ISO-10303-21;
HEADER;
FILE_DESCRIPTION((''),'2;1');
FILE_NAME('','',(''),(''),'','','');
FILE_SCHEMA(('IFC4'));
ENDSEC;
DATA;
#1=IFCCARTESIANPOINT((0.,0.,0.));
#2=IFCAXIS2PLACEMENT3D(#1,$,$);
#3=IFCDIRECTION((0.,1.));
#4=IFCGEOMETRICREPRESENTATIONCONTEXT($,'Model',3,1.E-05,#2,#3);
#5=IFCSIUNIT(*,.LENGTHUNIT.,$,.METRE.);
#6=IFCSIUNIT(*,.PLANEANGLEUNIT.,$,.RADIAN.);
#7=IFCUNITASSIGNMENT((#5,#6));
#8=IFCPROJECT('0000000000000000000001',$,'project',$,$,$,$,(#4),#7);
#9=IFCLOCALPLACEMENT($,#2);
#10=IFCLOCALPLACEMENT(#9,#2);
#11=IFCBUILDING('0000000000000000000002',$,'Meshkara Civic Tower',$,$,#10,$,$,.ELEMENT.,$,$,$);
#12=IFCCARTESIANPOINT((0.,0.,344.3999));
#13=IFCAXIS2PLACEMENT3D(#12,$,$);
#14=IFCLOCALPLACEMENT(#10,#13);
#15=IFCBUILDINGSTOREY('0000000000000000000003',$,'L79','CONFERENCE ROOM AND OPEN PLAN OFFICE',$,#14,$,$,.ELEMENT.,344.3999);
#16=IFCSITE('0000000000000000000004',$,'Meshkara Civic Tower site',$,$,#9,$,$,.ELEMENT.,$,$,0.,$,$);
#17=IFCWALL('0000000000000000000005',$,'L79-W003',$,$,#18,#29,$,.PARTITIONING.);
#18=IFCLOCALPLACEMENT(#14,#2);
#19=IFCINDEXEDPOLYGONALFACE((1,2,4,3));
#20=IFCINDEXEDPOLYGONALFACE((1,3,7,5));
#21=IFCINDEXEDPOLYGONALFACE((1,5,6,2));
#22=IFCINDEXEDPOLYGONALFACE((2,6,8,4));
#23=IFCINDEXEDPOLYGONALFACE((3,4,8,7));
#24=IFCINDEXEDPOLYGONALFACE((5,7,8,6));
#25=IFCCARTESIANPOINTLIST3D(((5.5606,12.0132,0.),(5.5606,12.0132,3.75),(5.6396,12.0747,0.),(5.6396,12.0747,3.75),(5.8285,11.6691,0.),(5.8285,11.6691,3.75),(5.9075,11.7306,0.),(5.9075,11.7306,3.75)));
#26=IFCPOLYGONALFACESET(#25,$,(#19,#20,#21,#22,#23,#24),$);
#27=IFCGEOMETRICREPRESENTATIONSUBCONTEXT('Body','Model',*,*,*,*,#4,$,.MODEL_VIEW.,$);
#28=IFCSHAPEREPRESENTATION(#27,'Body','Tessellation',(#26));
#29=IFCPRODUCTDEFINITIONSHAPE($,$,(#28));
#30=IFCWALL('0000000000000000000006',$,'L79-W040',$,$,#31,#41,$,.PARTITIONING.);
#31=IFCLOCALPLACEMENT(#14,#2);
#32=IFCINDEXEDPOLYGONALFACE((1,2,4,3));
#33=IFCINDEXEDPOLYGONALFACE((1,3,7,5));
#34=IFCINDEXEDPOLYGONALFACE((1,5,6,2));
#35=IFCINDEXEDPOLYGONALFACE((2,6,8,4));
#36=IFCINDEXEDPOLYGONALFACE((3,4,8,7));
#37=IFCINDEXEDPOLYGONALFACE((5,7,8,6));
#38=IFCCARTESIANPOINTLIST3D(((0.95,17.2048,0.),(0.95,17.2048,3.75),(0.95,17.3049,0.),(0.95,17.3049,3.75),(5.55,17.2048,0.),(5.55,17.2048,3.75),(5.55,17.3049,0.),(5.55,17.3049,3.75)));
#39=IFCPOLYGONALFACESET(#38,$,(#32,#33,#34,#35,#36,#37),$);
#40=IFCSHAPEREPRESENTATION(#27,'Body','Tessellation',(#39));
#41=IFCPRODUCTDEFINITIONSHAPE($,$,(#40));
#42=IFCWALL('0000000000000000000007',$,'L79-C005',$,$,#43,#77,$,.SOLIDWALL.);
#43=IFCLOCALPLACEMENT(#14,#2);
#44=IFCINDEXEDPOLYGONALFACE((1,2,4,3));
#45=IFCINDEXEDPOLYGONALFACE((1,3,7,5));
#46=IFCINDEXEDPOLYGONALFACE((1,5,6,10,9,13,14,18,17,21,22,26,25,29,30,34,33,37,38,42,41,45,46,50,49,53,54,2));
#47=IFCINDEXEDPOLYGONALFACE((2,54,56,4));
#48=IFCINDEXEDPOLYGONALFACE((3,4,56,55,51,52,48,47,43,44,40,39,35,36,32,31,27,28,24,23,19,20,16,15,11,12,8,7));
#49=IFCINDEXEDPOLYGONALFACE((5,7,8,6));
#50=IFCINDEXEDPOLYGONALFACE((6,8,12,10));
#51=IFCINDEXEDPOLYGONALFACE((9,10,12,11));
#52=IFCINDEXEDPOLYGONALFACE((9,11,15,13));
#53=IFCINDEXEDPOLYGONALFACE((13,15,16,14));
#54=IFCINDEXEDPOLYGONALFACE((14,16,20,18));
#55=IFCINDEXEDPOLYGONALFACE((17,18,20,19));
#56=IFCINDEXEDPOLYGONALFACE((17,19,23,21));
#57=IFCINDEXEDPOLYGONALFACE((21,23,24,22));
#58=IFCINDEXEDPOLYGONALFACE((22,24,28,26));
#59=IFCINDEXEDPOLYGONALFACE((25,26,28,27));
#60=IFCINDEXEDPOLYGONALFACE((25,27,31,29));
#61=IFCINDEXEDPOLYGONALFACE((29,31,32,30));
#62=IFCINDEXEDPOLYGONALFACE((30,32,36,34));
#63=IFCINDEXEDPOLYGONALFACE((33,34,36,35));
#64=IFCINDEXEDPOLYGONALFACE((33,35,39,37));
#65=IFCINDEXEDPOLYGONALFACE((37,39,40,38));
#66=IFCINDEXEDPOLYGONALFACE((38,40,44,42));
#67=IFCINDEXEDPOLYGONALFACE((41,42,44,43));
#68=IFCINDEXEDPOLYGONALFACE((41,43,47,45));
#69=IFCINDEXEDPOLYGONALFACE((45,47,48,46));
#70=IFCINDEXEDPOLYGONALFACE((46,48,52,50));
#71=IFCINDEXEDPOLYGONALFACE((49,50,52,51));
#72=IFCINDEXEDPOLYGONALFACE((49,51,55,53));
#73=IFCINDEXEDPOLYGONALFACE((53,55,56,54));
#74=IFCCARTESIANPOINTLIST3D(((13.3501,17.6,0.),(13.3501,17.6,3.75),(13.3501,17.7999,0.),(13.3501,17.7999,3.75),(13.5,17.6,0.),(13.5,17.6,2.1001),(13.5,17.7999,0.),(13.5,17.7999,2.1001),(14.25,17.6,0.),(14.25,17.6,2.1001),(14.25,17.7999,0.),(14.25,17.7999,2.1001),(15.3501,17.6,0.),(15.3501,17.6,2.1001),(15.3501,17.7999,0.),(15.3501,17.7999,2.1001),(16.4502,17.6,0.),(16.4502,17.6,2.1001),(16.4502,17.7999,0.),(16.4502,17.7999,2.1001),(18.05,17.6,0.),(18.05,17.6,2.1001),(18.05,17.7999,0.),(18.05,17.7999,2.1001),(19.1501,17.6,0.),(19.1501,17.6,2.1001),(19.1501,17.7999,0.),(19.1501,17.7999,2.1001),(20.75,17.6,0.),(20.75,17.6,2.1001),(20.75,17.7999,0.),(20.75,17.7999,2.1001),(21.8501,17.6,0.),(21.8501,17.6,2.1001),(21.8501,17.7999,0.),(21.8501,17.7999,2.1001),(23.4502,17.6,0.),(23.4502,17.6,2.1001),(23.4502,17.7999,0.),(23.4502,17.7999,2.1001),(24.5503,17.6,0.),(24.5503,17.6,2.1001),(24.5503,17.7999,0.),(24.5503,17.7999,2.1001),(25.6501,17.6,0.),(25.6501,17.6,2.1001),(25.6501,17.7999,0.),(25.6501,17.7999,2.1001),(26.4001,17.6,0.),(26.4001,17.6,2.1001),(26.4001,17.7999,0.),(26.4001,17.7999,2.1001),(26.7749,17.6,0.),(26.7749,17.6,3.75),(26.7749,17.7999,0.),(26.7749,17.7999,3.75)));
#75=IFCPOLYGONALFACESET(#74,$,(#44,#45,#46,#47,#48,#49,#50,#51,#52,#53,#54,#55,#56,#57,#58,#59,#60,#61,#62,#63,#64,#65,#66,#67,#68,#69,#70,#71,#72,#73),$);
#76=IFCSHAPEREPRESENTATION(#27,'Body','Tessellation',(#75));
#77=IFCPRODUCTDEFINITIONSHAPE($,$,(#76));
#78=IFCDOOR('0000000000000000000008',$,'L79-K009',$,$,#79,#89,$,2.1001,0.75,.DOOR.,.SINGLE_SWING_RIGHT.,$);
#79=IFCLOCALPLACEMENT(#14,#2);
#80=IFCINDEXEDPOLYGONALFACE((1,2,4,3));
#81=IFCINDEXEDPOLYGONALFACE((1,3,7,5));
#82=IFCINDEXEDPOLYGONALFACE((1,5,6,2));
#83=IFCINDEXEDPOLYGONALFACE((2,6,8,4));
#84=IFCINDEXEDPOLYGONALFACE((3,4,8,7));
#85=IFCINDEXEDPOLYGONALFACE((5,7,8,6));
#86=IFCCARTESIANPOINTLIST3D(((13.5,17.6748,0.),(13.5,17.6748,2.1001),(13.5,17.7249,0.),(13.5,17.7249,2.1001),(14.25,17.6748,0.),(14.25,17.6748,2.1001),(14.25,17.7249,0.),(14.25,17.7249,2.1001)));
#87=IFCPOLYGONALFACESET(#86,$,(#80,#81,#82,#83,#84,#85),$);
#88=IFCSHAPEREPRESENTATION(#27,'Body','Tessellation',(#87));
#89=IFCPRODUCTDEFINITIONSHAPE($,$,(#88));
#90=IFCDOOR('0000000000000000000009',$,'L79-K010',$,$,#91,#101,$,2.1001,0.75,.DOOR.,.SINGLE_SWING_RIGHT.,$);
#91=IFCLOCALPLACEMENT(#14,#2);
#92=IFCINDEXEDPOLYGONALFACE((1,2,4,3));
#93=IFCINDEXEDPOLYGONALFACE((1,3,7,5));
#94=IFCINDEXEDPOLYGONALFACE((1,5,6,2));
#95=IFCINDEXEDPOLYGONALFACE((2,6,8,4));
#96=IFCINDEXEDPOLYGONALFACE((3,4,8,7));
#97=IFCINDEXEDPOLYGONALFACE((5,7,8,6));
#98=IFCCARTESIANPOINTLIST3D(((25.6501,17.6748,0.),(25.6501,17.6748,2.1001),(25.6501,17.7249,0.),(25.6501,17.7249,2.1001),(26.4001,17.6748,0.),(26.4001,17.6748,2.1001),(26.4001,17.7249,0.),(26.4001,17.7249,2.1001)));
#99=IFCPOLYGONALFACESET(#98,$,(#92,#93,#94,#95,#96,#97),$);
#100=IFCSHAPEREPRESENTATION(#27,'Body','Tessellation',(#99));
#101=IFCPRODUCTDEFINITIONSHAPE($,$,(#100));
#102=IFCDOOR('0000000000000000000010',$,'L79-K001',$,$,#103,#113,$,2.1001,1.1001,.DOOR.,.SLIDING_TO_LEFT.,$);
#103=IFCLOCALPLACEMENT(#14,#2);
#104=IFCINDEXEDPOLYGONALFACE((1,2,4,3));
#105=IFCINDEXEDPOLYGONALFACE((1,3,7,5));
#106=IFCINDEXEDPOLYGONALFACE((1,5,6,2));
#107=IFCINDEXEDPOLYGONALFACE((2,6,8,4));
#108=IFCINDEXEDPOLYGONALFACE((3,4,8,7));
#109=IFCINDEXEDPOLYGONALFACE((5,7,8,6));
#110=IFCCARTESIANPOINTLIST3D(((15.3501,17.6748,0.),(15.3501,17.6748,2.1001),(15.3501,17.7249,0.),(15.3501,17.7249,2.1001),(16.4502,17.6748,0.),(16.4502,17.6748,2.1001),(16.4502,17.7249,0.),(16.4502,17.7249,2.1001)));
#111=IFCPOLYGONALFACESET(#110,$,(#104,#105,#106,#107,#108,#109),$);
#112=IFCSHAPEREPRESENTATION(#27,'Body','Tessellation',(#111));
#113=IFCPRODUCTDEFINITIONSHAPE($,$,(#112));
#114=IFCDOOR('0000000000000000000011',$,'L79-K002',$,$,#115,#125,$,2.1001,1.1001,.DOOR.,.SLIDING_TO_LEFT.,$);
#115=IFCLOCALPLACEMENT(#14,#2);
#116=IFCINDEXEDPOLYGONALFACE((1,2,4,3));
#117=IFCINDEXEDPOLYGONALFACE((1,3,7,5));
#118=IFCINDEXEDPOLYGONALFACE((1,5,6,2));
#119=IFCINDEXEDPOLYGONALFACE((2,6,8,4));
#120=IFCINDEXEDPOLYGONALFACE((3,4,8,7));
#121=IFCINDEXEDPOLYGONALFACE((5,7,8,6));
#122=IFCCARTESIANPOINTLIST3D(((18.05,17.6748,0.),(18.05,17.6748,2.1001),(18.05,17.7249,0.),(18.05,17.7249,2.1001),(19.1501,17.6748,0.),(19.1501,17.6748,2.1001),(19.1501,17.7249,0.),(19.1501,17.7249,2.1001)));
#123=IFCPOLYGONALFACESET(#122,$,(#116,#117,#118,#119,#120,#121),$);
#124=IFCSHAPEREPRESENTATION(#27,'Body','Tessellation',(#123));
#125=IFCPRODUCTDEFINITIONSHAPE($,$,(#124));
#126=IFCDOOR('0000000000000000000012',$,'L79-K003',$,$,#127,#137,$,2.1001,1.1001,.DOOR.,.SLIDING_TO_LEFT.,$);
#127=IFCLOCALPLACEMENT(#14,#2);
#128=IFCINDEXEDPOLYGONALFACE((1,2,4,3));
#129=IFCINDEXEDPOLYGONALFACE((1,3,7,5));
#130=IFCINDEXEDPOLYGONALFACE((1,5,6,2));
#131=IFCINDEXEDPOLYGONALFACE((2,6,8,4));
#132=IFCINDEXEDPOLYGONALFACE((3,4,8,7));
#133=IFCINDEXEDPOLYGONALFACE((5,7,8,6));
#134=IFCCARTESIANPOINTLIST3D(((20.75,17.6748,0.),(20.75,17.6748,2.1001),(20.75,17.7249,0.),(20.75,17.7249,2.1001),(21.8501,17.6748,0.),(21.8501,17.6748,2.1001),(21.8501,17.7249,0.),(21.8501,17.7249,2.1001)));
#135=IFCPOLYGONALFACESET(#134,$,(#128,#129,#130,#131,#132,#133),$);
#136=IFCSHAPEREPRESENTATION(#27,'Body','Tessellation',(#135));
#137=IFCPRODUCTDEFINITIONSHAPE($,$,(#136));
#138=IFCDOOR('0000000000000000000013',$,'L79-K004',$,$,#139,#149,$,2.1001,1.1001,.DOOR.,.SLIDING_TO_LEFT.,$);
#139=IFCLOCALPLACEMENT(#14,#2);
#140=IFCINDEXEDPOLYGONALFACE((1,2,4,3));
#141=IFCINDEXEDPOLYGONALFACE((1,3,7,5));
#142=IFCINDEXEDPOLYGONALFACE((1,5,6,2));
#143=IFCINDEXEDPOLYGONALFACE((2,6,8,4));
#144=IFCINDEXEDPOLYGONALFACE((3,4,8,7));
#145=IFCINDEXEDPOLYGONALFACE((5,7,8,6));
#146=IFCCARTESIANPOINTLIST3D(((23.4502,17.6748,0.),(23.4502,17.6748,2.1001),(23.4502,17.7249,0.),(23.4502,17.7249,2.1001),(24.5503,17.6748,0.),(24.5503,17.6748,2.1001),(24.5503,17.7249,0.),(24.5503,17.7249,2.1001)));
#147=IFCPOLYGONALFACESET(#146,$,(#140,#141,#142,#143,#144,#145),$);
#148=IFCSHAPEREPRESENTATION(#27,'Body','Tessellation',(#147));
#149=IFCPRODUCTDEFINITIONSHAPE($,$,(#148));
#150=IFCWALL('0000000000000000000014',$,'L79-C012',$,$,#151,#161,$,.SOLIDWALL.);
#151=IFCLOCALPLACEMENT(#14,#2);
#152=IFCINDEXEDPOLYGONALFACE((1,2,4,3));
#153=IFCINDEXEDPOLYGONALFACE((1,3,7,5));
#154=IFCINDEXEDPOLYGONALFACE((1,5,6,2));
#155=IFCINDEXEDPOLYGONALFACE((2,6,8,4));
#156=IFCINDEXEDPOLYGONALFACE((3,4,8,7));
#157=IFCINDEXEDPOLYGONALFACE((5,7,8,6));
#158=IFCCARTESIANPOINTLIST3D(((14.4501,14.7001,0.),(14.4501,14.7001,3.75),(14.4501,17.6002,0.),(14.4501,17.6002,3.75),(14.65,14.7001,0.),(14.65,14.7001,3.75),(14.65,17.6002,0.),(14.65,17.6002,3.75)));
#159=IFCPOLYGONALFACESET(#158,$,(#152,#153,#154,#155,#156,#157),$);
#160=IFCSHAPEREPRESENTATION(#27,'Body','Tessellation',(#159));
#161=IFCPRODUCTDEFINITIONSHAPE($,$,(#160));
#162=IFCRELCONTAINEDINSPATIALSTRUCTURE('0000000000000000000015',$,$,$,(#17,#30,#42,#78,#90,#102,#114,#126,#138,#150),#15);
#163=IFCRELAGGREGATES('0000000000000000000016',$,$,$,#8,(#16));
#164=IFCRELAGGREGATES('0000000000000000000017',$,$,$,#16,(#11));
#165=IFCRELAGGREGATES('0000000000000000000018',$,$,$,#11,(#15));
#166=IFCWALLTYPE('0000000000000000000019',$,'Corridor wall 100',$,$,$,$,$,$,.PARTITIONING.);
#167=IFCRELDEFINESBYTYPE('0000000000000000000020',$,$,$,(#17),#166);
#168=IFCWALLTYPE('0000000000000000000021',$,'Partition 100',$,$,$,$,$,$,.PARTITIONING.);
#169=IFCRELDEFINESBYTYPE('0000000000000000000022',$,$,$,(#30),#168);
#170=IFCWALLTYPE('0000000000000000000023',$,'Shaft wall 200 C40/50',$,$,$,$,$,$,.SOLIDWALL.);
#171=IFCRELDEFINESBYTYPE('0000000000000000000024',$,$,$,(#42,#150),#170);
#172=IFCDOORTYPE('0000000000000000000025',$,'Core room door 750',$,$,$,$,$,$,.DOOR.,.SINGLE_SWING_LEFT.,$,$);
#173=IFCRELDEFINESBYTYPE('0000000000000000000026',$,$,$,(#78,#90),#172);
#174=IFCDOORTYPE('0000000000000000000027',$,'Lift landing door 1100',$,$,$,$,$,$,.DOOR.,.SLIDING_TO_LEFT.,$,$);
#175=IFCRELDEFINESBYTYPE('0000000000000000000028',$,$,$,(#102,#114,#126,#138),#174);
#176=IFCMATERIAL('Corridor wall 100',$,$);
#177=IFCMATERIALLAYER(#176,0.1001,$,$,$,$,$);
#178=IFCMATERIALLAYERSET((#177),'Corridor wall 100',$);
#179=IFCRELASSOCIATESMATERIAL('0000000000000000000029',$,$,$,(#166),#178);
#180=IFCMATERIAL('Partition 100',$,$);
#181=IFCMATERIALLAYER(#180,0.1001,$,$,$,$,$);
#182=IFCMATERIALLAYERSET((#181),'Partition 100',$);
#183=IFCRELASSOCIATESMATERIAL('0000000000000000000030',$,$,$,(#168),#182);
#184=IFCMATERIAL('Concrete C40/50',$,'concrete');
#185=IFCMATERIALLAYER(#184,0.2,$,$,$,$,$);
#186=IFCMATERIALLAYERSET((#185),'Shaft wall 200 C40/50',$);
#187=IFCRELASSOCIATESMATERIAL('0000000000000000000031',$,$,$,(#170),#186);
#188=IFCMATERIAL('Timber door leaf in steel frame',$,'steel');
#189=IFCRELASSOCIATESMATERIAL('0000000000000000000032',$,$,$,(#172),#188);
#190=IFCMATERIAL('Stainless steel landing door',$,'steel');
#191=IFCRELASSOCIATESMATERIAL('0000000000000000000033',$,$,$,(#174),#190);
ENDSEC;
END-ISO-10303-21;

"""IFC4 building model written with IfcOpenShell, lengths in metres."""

from ifc_helpers import new_model, si_unit, direction, frame, frame_2d, origin, place, context, subcontext, project, spatial, rectangle, extrude, material, layer, layer_set, type_object, element, fill, save


model = new_model("IFC4")

# Units and contexts
model_context = context("Model", 3, precision=1e-05, world=origin(), true_north=direction((0.0, 1.0)))
body_context = subcontext(model_context, "Body", "Model", "MODEL_VIEW")
ifc_project = project(units=[si_unit("LENGTHUNIT", "METRE"), si_unit("PLANEANGLEUNIT", "RADIAN")], contexts=[model_context])

# Site, building, storey
site_placement = place(None, origin())
site = spatial("IfcSite", under=ifc_project, at=site_placement, Name="Meshkara Civic Tower site", CompositionType="ELEMENT", RefElevation=0.0)
building_placement = place(site_placement, origin())
building = spatial("IfcBuilding", under=site, at=building_placement, Name="Meshkara Civic Tower", CompositionType="ELEMENT")
storey_placement = place(building_placement, frame((0.0, 0.0, 344.3999)))
storey = spatial("IfcBuildingStorey", under=building, at=storey_placement, Name="L79", Description="CONFERENCE ROOM AND OPEN PLAN OFFICE", CompositionType="ELEMENT", Elevation=344.3999)

# Walls
ifc_material_1 = material(Name="Corridor wall 100")
ifc_layer_1 = layer(ifc_material_1, 0.1001)
ifc_layer_set_1 = layer_set([ifc_layer_1], Name="Corridor wall 100")
wall_type_1 = type_object("IfcWallType", Name="Corridor wall 100", PredefinedType="PARTITIONING", material=ifc_layer_set_1)
wall_1_placement = place(storey_placement, frame((5.6001, 12.0439, 0.0), z_axis=(0.0, 0.0, 1.0), x_axis=(0.614328, -0.789051, 0.0)))
element("IfcWall", 1, at=wall_1_placement, inside=storey, type_object=wall_type_1, Name="L79-W003", PredefinedType="PARTITIONING", context=body_context, shape_type="SweptSolid", body=[
    extrude(rectangle(XDim=0.436, YDim=0.1001, at=frame_2d((0.218, 0.0))), origin(), (0.0, 0.0, 1.0), 3.75),
])
ifc_material_2 = material(Name="Partition 100")
ifc_layer_2 = layer(ifc_material_2, 0.1001)
ifc_layer_set_2 = layer_set([ifc_layer_2], Name="Partition 100")
wall_type_2 = type_object("IfcWallType", Name="Partition 100", PredefinedType="PARTITIONING", material=ifc_layer_set_2)
wall_2_placement = place(storey_placement, frame((5.55, 17.2549, 0.0), z_axis=(0.0, 0.0, 1.0), x_axis=(-1.0, 0.0, 0.0)))
element("IfcWall", 2, at=wall_2_placement, inside=storey, type_object=wall_type_2, Name="L79-W040", PredefinedType="PARTITIONING", context=body_context, shape_type="SweptSolid", body=[
    extrude(rectangle(XDim=4.6001, YDim=0.1001, at=frame_2d((2.3, 0.0))), origin(), (0.0, 0.0, 1.0), 3.75),
])

# Wall, openings, doors
ifc_material_3 = material(Name="Concrete C40/50", Category="concrete")
ifc_layer_3 = layer(ifc_material_3, 0.2)
ifc_layer_set_3 = layer_set([ifc_layer_3], Name="Shaft wall 200 C40/50")
wall_type_3 = type_object("IfcWallType", Name="Shaft wall 200 C40/50", PredefinedType="SOLIDWALL", material=ifc_layer_set_3)
wall_3_placement = place(storey_placement, frame((13.3501, 17.7, 0.0), z_axis=(0.0, 0.0, 1.0), x_axis=(1.0, 0.0, 0.0)))
wall_3 = element("IfcWall", 3, at=wall_3_placement, inside=storey, type_object=wall_type_3, Name="L79-C005", PredefinedType="SOLIDWALL", context=body_context, shape_type="SweptSolid", body=[
    extrude(rectangle(XDim=13.4248, YDim=0.2, at=frame_2d((6.7124, 0.0))), origin(), (0.0, 0.0, 1.0), 3.75),
])
opening_1_placement = place(wall_3_placement, frame((2.0, 0.0, 0.0)))
opening_1 = element("IfcOpeningElement", 4, at=opening_1_placement, cuts=wall_3, PredefinedType="OPENING", context=body_context, shape_type="SweptSolid", body=[
    extrude(rectangle(XDim=1.1001, YDim=2.1001, at=frame_2d((0.55, 1.05))), frame((0.0, 0.1099, 0.0), z_axis=(0.0, -1.0, 0.0), x_axis=(1.0, 0.0, 0.0)), (0.0, 0.0, 1.0), 0.22),
])
opening_2_placement = place(wall_3_placement, frame((4.7, 0.0, 0.0)))
opening_2 = element("IfcOpeningElement", 5, at=opening_2_placement, cuts=wall_3, PredefinedType="OPENING", context=body_context, shape_type="SweptSolid", body=[
    extrude(rectangle(XDim=1.1001, YDim=2.1001, at=frame_2d((0.55, 1.05))), frame((0.0, 0.1099, 0.0), z_axis=(0.0, -1.0, 0.0), x_axis=(1.0, 0.0, 0.0)), (0.0, 0.0, 1.0), 0.22),
])
opening_3_placement = place(wall_3_placement, frame((7.3999, 0.0, 0.0)))
opening_3 = element("IfcOpeningElement", 6, at=opening_3_placement, cuts=wall_3, PredefinedType="OPENING", context=body_context, shape_type="SweptSolid", body=[
    extrude(rectangle(XDim=1.1001, YDim=2.1001, at=frame_2d((0.55, 1.05))), frame((0.0, 0.1099, 0.0), z_axis=(0.0, -1.0, 0.0), x_axis=(1.0, 0.0, 0.0)), (0.0, 0.0, 1.0), 0.22),
])
opening_4_placement = place(wall_3_placement, frame((10.1001, 0.0, 0.0)))
opening_4 = element("IfcOpeningElement", 7, at=opening_4_placement, cuts=wall_3, PredefinedType="OPENING", context=body_context, shape_type="SweptSolid", body=[
    extrude(rectangle(XDim=1.1001, YDim=2.1001, at=frame_2d((0.55, 1.05))), frame((0.0, 0.1099, 0.0), z_axis=(0.0, -1.0, 0.0), x_axis=(1.0, 0.0, 0.0)), (0.0, 0.0, 1.0), 0.22),
])
opening_5_placement = place(wall_3_placement, frame((0.1499, 0.0, 0.0)))
opening_5 = element("IfcOpeningElement", 8, at=opening_5_placement, cuts=wall_3, PredefinedType="OPENING", context=body_context, shape_type="SweptSolid", body=[
    extrude(rectangle(XDim=0.75, YDim=2.1001, at=frame_2d((0.375, 1.05))), frame((0.0, 0.1099, 0.0), z_axis=(0.0, -1.0, 0.0), x_axis=(1.0, 0.0, 0.0)), (0.0, 0.0, 1.0), 0.22),
])
opening_6_placement = place(wall_3_placement, frame((12.3, 0.0, 0.0)))
opening_6 = element("IfcOpeningElement", 9, at=opening_6_placement, cuts=wall_3, PredefinedType="OPENING", context=body_context, shape_type="SweptSolid", body=[
    extrude(rectangle(XDim=0.75, YDim=2.1001, at=frame_2d((0.375, 1.05))), frame((0.0, 0.1099, 0.0), z_axis=(0.0, -1.0, 0.0), x_axis=(1.0, 0.0, 0.0)), (0.0, 0.0, 1.0), 0.22),
])
ifc_material_4 = material(Name="Timber door leaf in steel frame", Category="steel")
door_type_1 = type_object("IfcDoorType", Name="Core room door 750", OperationType="SINGLE_SWING_LEFT", PredefinedType="DOOR", material=ifc_material_4)
door_1_placement = place(opening_5_placement, origin())
door_1 = element("IfcDoor", 10, at=door_1_placement, inside=storey, type_object=door_type_1, Name="L79-K009", OperationType="SINGLE_SWING_RIGHT", OverallHeight=2.1001, OverallWidth=0.75, PredefinedType="DOOR", context=body_context, shape_type="SweptSolid", body=[
    extrude(rectangle(XDim=0.75, YDim=2.1001, at=frame_2d((0.375, 1.05))), frame((0.0, 0.0249, 0.0), z_axis=(0.0, -1.0, 0.0), x_axis=(1.0, 0.0, 0.0)), (0.0, 0.0, 1.0), 0.05),
])
fill(opening_5, door_1)
door_2_placement = place(opening_6_placement, origin())
door_2 = element("IfcDoor", 11, at=door_2_placement, inside=storey, type_object=door_type_1, Name="L79-K010", OperationType="SINGLE_SWING_RIGHT", OverallHeight=2.1001, OverallWidth=0.75, PredefinedType="DOOR", context=body_context, shape_type="SweptSolid", body=[
    extrude(rectangle(XDim=0.75, YDim=2.1001, at=frame_2d((0.375, 1.05))), frame((0.0, 0.0249, 0.0), z_axis=(0.0, -1.0, 0.0), x_axis=(1.0, 0.0, 0.0)), (0.0, 0.0, 1.0), 0.05),
])
fill(opening_6, door_2)
ifc_material_5 = material(Name="Stainless steel landing door", Category="steel")
door_type_2 = type_object("IfcDoorType", Name="Lift landing door 1100", OperationType="SLIDING_TO_LEFT", PredefinedType="DOOR", material=ifc_material_5)
door_3_placement = place(opening_1_placement, origin())
door_3 = element("IfcDoor", 12, at=door_3_placement, inside=storey, type_object=door_type_2, Name="L79-K001", OperationType="SLIDING_TO_LEFT", OverallHeight=2.1001, OverallWidth=1.1001, PredefinedType="DOOR", context=body_context, shape_type="SweptSolid", body=[
    extrude(rectangle(XDim=1.1001, YDim=2.1001, at=frame_2d((0.55, 1.05))), frame((0.0, 0.0249, 0.0), z_axis=(0.0, -1.0, 0.0), x_axis=(1.0, 0.0, 0.0)), (0.0, 0.0, 1.0), 0.05),
])
fill(opening_1, door_3)
door_4_placement = place(opening_2_placement, origin())
door_4 = element("IfcDoor", 13, at=door_4_placement, inside=storey, type_object=door_type_2, Name="L79-K002", OperationType="SLIDING_TO_LEFT", OverallHeight=2.1001, OverallWidth=1.1001, PredefinedType="DOOR", context=body_context, shape_type="SweptSolid", body=[
    extrude(rectangle(XDim=1.1001, YDim=2.1001, at=frame_2d((0.55, 1.05))), frame((0.0, 0.0249, 0.0), z_axis=(0.0, -1.0, 0.0), x_axis=(1.0, 0.0, 0.0)), (0.0, 0.0, 1.0), 0.05),
])
fill(opening_2, door_4)
door_5_placement = place(opening_3_placement, origin())
door_5 = element("IfcDoor", 14, at=door_5_placement, inside=storey, type_object=door_type_2, Name="L79-K003", OperationType="SLIDING_TO_LEFT", OverallHeight=2.1001, OverallWidth=1.1001, PredefinedType="DOOR", context=body_context, shape_type="SweptSolid", body=[
    extrude(rectangle(XDim=1.1001, YDim=2.1001, at=frame_2d((0.55, 1.05))), frame((0.0, 0.0249, 0.0), z_axis=(0.0, -1.0, 0.0), x_axis=(1.0, 0.0, 0.0)), (0.0, 0.0, 1.0), 0.05),
])
fill(opening_3, door_5)
door_6_placement = place(opening_4_placement, origin())
door_6 = element("IfcDoor", 15, at=door_6_placement, inside=storey, type_object=door_type_2, Name="L79-K004", OperationType="SLIDING_TO_LEFT", OverallHeight=2.1001, OverallWidth=1.1001, PredefinedType="DOOR", context=body_context, shape_type="SweptSolid", body=[
    extrude(rectangle(XDim=1.1001, YDim=2.1001, at=frame_2d((0.55, 1.05))), frame((0.0, 0.0249, 0.0), z_axis=(0.0, -1.0, 0.0), x_axis=(1.0, 0.0, 0.0)), (0.0, 0.0, 1.0), 0.05),
])
fill(opening_4, door_6)

# Wall
wall_4_placement = place(storey_placement, frame((14.55, 14.7, 0.0), z_axis=(0.0, 0.0, 1.0), x_axis=(0.0, 1.0, 0.0)))
element("IfcWall", 16, at=wall_4_placement, inside=storey, type_object=wall_type_3, Name="L79-C012", PredefinedType="SOLIDWALL", context=body_context, shape_type="SweptSolid", body=[
    extrude(rectangle(XDim=2.9001, YDim=0.2, at=frame_2d((1.4502, 0.0))), origin(), (0.0, 0.0, 1.0), 3.75),
])

save(model, "model.ifc")
